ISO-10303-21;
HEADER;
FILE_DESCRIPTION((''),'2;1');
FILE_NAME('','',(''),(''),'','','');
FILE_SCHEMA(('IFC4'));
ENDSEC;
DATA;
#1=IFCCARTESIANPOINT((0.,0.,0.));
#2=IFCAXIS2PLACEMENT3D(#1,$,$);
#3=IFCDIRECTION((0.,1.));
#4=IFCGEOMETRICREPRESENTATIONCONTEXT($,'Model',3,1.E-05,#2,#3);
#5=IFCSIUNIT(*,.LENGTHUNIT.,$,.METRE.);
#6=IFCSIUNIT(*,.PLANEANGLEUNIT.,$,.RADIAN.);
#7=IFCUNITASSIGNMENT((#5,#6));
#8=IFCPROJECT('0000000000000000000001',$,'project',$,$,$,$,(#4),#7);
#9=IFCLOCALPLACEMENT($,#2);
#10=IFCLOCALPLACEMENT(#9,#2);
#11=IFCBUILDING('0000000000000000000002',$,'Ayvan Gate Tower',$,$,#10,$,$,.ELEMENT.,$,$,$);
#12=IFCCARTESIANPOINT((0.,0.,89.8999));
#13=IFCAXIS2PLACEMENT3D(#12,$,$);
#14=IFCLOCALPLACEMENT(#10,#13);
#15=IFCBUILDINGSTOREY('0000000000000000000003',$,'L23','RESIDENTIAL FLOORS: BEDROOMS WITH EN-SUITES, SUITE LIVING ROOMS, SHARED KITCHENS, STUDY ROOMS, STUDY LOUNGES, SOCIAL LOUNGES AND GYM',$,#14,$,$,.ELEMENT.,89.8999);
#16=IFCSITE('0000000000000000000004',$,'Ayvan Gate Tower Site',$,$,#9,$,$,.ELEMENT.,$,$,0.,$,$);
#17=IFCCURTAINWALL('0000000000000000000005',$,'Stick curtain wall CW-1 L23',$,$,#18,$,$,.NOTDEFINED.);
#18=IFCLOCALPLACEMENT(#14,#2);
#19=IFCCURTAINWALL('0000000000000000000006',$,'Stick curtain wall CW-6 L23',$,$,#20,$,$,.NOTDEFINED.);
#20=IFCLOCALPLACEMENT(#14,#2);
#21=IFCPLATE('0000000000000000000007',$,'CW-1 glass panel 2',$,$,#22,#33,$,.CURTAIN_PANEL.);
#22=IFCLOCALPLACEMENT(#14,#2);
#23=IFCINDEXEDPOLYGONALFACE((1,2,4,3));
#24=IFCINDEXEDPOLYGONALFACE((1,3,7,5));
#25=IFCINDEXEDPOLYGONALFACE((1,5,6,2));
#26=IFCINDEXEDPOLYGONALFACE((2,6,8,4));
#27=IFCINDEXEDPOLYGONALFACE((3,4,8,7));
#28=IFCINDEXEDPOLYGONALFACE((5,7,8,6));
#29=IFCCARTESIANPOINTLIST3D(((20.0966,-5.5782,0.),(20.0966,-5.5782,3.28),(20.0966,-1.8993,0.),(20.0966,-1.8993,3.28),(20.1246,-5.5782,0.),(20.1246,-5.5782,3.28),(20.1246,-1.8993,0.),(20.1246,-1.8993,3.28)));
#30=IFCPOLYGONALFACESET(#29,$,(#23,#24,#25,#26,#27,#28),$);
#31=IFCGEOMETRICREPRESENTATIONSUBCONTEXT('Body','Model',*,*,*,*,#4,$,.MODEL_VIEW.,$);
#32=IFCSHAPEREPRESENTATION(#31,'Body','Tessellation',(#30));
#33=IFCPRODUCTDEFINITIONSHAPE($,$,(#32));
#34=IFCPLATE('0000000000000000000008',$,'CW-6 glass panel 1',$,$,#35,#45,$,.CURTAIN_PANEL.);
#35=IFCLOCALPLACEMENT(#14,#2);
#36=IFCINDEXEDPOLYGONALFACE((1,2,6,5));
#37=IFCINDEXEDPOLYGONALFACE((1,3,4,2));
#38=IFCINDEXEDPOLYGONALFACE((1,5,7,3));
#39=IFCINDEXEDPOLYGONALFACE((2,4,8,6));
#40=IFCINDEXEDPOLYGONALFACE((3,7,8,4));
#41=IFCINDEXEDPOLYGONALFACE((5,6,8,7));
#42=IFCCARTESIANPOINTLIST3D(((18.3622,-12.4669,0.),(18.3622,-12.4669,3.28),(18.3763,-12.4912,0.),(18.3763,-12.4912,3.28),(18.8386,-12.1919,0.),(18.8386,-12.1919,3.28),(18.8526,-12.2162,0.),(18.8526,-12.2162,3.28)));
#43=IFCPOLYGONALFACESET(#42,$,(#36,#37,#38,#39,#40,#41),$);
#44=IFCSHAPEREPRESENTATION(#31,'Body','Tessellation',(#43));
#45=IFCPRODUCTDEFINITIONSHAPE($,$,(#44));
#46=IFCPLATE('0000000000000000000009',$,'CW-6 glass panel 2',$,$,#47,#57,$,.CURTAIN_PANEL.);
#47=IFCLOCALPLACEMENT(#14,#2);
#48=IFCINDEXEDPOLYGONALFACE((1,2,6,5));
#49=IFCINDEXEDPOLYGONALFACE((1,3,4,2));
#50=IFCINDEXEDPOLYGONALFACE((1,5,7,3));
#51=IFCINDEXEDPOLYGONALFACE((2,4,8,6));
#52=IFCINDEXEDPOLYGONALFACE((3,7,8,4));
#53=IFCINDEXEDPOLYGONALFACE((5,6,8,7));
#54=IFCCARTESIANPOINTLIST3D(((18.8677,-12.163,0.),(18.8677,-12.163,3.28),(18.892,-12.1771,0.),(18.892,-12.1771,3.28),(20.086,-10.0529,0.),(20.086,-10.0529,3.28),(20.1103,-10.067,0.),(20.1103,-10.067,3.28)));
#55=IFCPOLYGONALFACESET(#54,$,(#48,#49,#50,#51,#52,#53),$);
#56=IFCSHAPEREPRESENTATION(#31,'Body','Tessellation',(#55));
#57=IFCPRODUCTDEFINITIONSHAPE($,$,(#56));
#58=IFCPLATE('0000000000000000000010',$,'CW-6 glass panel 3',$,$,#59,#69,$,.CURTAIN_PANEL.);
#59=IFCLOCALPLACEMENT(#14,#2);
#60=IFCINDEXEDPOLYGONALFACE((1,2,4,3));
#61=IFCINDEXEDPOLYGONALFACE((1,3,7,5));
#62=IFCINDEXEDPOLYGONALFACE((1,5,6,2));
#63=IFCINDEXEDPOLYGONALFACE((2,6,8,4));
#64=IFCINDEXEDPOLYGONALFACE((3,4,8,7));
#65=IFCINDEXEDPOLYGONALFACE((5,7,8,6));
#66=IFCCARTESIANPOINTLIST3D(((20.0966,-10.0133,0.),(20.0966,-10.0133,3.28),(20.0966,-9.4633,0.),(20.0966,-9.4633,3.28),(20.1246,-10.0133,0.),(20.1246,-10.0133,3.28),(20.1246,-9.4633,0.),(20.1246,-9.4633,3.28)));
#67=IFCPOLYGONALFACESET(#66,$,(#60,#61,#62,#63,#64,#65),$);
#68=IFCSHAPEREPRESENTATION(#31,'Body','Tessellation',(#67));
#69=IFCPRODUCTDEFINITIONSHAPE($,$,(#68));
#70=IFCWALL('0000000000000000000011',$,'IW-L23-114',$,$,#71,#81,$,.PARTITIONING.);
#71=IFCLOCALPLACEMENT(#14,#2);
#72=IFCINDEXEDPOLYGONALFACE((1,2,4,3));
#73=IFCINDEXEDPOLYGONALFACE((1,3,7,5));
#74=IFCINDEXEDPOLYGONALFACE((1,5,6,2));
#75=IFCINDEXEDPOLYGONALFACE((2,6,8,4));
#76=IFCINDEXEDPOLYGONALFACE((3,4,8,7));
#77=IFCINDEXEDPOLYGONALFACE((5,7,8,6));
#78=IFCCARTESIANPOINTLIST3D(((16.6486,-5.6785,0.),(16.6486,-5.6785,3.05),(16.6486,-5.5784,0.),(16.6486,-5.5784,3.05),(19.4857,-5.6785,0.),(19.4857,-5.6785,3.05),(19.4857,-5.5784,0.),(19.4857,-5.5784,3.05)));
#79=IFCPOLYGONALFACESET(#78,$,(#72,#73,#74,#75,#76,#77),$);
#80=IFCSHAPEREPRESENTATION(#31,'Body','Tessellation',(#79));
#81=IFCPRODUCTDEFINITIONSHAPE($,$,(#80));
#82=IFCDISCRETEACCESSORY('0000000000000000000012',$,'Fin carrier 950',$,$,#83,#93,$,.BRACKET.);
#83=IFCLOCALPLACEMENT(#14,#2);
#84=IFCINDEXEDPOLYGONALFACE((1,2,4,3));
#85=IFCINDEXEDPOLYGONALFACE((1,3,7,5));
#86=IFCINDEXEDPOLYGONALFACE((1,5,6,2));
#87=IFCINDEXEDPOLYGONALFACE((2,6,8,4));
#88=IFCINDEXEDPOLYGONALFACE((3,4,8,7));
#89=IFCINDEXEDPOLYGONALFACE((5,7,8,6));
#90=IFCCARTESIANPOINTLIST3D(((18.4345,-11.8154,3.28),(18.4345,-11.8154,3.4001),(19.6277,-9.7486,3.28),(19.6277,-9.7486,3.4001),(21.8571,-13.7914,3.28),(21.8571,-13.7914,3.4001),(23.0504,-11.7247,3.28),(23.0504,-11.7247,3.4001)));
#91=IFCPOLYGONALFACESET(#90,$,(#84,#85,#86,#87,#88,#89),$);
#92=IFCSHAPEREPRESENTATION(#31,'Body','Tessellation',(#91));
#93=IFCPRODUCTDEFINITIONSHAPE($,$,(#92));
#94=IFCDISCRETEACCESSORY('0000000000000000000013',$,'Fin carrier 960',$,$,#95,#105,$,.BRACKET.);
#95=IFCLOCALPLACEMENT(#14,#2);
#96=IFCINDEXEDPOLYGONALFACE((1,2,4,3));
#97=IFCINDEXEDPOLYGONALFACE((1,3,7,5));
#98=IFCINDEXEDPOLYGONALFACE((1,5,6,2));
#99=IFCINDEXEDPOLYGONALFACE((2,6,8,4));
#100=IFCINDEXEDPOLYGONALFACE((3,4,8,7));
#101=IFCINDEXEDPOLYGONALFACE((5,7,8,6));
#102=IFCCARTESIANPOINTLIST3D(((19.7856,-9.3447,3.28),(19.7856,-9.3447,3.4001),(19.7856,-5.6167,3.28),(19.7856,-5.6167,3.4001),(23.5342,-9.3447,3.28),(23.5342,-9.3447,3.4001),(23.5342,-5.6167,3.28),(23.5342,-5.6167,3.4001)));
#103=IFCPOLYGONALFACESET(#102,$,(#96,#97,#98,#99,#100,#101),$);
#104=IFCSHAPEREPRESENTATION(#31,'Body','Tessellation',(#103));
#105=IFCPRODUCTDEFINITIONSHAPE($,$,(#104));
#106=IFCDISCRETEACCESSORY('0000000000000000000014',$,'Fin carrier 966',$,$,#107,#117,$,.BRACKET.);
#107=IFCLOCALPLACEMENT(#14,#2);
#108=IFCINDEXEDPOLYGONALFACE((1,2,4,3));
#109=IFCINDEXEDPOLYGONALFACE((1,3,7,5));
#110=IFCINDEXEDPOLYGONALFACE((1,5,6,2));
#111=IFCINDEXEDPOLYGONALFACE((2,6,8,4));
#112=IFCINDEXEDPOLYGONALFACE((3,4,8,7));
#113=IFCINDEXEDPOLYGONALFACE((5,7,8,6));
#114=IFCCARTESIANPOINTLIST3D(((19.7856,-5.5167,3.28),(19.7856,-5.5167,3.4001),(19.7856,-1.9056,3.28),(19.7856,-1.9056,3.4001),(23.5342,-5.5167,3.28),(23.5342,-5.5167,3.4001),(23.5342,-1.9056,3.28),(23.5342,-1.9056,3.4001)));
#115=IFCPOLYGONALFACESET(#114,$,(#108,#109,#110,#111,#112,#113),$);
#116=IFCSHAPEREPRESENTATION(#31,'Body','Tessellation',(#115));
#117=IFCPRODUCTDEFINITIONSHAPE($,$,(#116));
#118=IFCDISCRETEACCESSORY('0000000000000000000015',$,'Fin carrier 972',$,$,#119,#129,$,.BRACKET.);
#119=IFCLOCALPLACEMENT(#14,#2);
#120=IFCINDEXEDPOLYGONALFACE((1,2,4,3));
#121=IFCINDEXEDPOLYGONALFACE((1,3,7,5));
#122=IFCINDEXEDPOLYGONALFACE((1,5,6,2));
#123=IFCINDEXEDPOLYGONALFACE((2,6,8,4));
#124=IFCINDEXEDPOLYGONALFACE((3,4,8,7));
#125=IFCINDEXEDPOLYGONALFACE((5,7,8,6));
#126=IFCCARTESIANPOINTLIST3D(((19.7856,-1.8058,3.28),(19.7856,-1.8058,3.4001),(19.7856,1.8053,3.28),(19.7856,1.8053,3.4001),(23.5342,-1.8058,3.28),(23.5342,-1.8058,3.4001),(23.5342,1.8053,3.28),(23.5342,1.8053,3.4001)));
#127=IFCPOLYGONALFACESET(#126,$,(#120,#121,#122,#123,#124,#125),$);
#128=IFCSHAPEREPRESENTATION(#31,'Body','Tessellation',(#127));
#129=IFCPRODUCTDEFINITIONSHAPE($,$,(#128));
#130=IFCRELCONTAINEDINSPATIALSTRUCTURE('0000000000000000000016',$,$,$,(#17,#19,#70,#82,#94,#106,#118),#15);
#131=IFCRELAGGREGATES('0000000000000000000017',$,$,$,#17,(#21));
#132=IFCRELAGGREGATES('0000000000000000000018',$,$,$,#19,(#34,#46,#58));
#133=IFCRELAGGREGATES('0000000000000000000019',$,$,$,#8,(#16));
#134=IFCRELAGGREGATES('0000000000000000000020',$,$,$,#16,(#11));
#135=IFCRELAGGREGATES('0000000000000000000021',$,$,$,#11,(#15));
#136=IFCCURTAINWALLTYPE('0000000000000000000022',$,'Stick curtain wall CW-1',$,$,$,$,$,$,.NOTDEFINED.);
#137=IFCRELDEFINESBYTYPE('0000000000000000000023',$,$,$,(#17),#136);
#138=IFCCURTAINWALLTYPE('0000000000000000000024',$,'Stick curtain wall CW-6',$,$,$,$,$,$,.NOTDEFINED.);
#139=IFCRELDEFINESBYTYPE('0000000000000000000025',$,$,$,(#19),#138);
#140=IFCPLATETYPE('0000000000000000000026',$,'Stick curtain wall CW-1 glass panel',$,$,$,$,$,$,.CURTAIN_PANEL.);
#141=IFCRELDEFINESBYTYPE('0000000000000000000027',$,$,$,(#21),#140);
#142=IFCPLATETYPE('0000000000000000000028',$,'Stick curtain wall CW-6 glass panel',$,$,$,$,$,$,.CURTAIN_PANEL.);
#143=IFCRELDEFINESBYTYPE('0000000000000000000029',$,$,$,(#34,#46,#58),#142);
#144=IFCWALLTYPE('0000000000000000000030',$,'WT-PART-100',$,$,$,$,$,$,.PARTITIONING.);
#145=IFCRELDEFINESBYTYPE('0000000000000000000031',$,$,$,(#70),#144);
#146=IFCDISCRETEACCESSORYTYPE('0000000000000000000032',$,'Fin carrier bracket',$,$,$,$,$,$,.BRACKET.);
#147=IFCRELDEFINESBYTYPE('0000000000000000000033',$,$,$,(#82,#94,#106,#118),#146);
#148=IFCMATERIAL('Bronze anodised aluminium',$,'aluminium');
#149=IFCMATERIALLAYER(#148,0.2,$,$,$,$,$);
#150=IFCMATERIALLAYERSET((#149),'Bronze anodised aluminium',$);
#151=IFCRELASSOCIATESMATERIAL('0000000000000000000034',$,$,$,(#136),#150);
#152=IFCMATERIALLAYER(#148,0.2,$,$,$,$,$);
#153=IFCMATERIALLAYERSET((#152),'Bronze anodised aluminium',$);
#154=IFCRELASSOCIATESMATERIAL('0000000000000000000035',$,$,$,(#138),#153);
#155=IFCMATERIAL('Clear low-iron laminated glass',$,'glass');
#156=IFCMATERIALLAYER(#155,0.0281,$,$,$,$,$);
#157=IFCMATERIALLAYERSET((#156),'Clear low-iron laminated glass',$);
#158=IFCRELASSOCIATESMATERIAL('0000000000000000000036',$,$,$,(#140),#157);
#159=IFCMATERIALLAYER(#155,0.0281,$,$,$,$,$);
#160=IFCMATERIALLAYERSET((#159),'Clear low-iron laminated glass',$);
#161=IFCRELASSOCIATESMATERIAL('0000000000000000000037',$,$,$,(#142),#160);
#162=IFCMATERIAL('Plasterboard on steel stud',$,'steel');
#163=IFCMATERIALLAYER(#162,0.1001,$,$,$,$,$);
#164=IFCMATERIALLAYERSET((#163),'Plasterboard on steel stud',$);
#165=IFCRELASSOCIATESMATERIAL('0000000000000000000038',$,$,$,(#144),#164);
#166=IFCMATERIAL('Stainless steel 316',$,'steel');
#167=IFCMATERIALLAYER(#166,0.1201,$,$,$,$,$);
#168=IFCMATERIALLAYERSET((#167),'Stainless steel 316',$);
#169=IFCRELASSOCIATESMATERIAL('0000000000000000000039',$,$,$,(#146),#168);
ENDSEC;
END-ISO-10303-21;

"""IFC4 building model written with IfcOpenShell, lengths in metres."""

from ifc_helpers import new_model, si_unit, direction, frame, frame_2d, origin, origin_2d, place, context, subcontext, project, spatial, rectangle, extrude, material, layer, layer_set, type_object, element, aggregate, save


model = new_model("IFC4")

# Units and contexts
model_context = context("Model", 3, precision=1e-05, world=origin(), true_north=direction((0.0, 1.0)))
body_context = subcontext(model_context, "Body", "Model", "MODEL_VIEW")
ifc_project = project(units=[si_unit("LENGTHUNIT", "METRE"), si_unit("PLANEANGLEUNIT", "RADIAN")], contexts=[model_context])

# Site, building, storey
site_placement = place(None, origin())
site = spatial("IfcSite", under=ifc_project, at=site_placement, Name="Ayvan Gate Tower Site", CompositionType="ELEMENT", RefElevation=0.0)
building_placement = place(site_placement, origin())
building = spatial("IfcBuilding", under=site, at=building_placement, Name="Ayvan Gate Tower", CompositionType="ELEMENT")
storey_placement = place(building_placement, frame((0.0, 0.0, 89.8999)))
storey = spatial("IfcBuildingStorey", under=building, at=storey_placement, Name="L23", Description="RESIDENTIAL FLOORS: BEDROOMS WITH EN-SUITES, SUITE LIVING ROOMS, SHARED KITCHENS, STUDY ROOMS, STUDY LOUNGES, SOCIAL LOUNGES AND GYM", CompositionType="ELEMENT", Elevation=89.8999)

# Curtain walls
ifc_material_1 = material(Name="Bronze anodised aluminium", Category="aluminium")
ifc_layer_1 = layer(ifc_material_1, 0.2)
ifc_layer_set_1 = layer_set([ifc_layer_1], Name="Bronze anodised aluminium")
curtain_wall_type_1 = type_object("IfcCurtainWallType", Name="Stick curtain wall CW-1", PredefinedType="NOTDEFINED", material=ifc_layer_set_1)
curtain_wall_1_placement = place(storey_placement, origin())
curtain_wall_1 = element("IfcCurtainWall", 1, at=curtain_wall_1_placement, inside=storey, type_object=curtain_wall_type_1, Name="Stick curtain wall CW-1 L23", PredefinedType="NOTDEFINED")
ifc_layer_2 = layer(ifc_material_1, 0.2)
ifc_layer_set_2 = layer_set([ifc_layer_2], Name="Bronze anodised aluminium")
curtain_wall_type_2 = type_object("IfcCurtainWallType", Name="Stick curtain wall CW-6", PredefinedType="NOTDEFINED", material=ifc_layer_set_2)
curtain_wall_2_placement = place(storey_placement, origin())
curtain_wall_2 = element("IfcCurtainWall", 2, at=curtain_wall_2_placement, inside=storey, type_object=curtain_wall_type_2, Name="Stick curtain wall CW-6 L23", PredefinedType="NOTDEFINED")

# Plates
ifc_material_2 = material(Name="Clear low-iron laminated glass", Category="glass")
ifc_layer_3 = layer(ifc_material_2, 0.0281)
ifc_layer_set_3 = layer_set([ifc_layer_3], Name="Clear low-iron laminated glass")
plate_type_1 = type_object("IfcPlateType", Name="Stick curtain wall CW-1 glass panel", PredefinedType="CURTAIN_PANEL", material=ifc_layer_set_3)
plate_1_placement = place(storey_placement, frame((20.1106, -3.7388, 0.0), z_axis=(0.0, 0.0, 1.0), x_axis=(0.0, 1.0, 0.0)))
plate_1 = element("IfcPlate", 3, at=plate_1_placement, type_object=plate_type_1, Name="CW-1 glass panel 2", PredefinedType="CURTAIN_PANEL", context=body_context, shape_type="SweptSolid", body=[
    extrude(rectangle(XDim=3.679, YDim=0.0281, at=origin_2d()), origin(), (0.0, 0.0, 1.0), 3.28),
])
aggregate(curtain_wall_1, [plate_1])
ifc_layer_4 = layer(ifc_material_2, 0.0281)
ifc_layer_set_4 = layer_set([ifc_layer_4], Name="Clear low-iron laminated glass")
plate_type_2 = type_object("IfcPlateType", Name="Stick curtain wall CW-6 glass panel", PredefinedType="CURTAIN_PANEL", material=ifc_layer_set_4)
plate_2_placement = place(storey_placement, frame((18.6074, -12.3416, 0.0), z_axis=(0.0, 0.0, 1.0), x_axis=(0.866025, 0.5, 0.0)))
plate_2 = element("IfcPlate", 4, at=plate_2_placement, type_object=plate_type_2, Name="CW-6 glass panel 1", PredefinedType="CURTAIN_PANEL", context=body_context, shape_type="SweptSolid", body=[
    extrude(rectangle(XDim=0.55, YDim=0.0281, at=origin_2d()), origin(), (0.0, 0.0, 1.0), 3.28),
])
plate_3_placement = place(storey_placement, frame((19.489, -11.115, 0.0), z_axis=(0.0, 0.0, 1.0), x_axis=(0.5, 0.866025, 0.0)))
plate_3 = element("IfcPlate", 5, at=plate_3_placement, type_object=plate_type_2, Name="CW-6 glass panel 2", PredefinedType="CURTAIN_PANEL", context=body_context, shape_type="SweptSolid", body=[
    extrude(rectangle(XDim=2.4365, YDim=0.0281, at=origin_2d()), origin(), (0.0, 0.0, 1.0), 3.28),
])
plate_4_placement = place(storey_placement, frame((20.1106, -9.7383, 0.0), z_axis=(0.0, 0.0, 1.0), x_axis=(0.0, 1.0, 0.0)))
plate_4 = element("IfcPlate", 6, at=plate_4_placement, type_object=plate_type_2, Name="CW-6 glass panel 3", PredefinedType="CURTAIN_PANEL", context=body_context, shape_type="SweptSolid", body=[
    extrude(rectangle(XDim=0.55, YDim=0.0281, at=origin_2d()), origin(), (0.0, 0.0, 1.0), 3.28),
])
aggregate(curtain_wall_2, [plate_2, plate_3, plate_4])

# Wall
ifc_material_3 = material(Name="Plasterboard on steel stud", Category="steel")
ifc_layer_5 = layer(ifc_material_3, 0.1001)
ifc_layer_set_5 = layer_set([ifc_layer_5], Name="Plasterboard on steel stud")
wall_type = type_object("IfcWallType", Name="WT-PART-100", PredefinedType="PARTITIONING", material=ifc_layer_set_5)
wall_placement = place(storey_placement, frame((19.4856, -5.6284, 0.0), z_axis=(0.0, 0.0, 1.0), x_axis=(-1.0, 0.0, 0.0)))
element("IfcWall", 7, at=wall_placement, inside=storey, type_object=wall_type, Name="IW-L23-114", PredefinedType="PARTITIONING", context=body_context, shape_type="SweptSolid", body=[
    extrude(rectangle(XDim=2.8372, YDim=0.1001, at=frame_2d((1.4185, 0.0))), origin(), (0.0, 0.0, 1.0), 3.05),
])

# Discrete accessories
ifc_material_4 = material(Name="Stainless steel 316", Category="steel")
ifc_layer_6 = layer(ifc_material_4, 0.1201)
ifc_layer_set_6 = layer_set([ifc_layer_6], Name="Stainless steel 316")
discrete_accessory_type = type_object("IfcDiscreteAccessoryType", Name="Fin carrier bracket", PredefinedType="BRACKET", material=ifc_layer_set_6)
discrete_accessory_1_placement = place(storey_placement, frame((20.7424, -11.77, 3.28), z_axis=(0.0, 0.0, 1.0), x_axis=(0.5, 0.866025, 0.0)))
element("IfcDiscreteAccessory", 8, at=discrete_accessory_1_placement, inside=storey, type_object=discrete_accessory_type, Name="Fin carrier 950", PredefinedType="BRACKET", context=body_context, shape_type="SweptSolid", body=[
    extrude(rectangle(XDim=2.3865, YDim=3.9521, at=origin_2d()), origin(), (0.0, 0.0, 1.0), 0.1201),
])
discrete_accessory_2_placement = place(storey_placement, frame((21.6599, -7.4807, 3.28), z_axis=(0.0, 0.0, 1.0), x_axis=(0.0, 1.0, 0.0)))
element("IfcDiscreteAccessory", 9, at=discrete_accessory_2_placement, inside=storey, type_object=discrete_accessory_type, Name="Fin carrier 960", PredefinedType="BRACKET", context=body_context, shape_type="SweptSolid", body=[
    extrude(rectangle(XDim=3.728, YDim=3.7485, at=origin_2d()), origin(), (0.0, 0.0, 1.0), 0.1201),
])
for number, where, z_axis, x_axis, name in (
    (10, (21.6599, -3.7112, 3.28), (0.0, 0.0, 1.0), (0.0, 1.0, 0.0), "Fin carrier 966"),
    (11, (21.6599, -0.0002, 3.28), (0.0, 0.0, 1.0), (0.0, 1.0, 0.0), "Fin carrier 972"),
):
    element("IfcDiscreteAccessory", number, at=place(storey_placement, frame(where, z_axis=z_axis, x_axis=x_axis)), inside=storey, type_object=discrete_accessory_type, Name=name, PredefinedType="BRACKET", context=body_context, shape_type="SweptSolid", body=[
        extrude(rectangle(XDim=3.6111, YDim=3.7485, at=origin_2d()), origin(), (0.0, 0.0, 1.0), 0.1201),
    ])

save(model, "model.ifc")
